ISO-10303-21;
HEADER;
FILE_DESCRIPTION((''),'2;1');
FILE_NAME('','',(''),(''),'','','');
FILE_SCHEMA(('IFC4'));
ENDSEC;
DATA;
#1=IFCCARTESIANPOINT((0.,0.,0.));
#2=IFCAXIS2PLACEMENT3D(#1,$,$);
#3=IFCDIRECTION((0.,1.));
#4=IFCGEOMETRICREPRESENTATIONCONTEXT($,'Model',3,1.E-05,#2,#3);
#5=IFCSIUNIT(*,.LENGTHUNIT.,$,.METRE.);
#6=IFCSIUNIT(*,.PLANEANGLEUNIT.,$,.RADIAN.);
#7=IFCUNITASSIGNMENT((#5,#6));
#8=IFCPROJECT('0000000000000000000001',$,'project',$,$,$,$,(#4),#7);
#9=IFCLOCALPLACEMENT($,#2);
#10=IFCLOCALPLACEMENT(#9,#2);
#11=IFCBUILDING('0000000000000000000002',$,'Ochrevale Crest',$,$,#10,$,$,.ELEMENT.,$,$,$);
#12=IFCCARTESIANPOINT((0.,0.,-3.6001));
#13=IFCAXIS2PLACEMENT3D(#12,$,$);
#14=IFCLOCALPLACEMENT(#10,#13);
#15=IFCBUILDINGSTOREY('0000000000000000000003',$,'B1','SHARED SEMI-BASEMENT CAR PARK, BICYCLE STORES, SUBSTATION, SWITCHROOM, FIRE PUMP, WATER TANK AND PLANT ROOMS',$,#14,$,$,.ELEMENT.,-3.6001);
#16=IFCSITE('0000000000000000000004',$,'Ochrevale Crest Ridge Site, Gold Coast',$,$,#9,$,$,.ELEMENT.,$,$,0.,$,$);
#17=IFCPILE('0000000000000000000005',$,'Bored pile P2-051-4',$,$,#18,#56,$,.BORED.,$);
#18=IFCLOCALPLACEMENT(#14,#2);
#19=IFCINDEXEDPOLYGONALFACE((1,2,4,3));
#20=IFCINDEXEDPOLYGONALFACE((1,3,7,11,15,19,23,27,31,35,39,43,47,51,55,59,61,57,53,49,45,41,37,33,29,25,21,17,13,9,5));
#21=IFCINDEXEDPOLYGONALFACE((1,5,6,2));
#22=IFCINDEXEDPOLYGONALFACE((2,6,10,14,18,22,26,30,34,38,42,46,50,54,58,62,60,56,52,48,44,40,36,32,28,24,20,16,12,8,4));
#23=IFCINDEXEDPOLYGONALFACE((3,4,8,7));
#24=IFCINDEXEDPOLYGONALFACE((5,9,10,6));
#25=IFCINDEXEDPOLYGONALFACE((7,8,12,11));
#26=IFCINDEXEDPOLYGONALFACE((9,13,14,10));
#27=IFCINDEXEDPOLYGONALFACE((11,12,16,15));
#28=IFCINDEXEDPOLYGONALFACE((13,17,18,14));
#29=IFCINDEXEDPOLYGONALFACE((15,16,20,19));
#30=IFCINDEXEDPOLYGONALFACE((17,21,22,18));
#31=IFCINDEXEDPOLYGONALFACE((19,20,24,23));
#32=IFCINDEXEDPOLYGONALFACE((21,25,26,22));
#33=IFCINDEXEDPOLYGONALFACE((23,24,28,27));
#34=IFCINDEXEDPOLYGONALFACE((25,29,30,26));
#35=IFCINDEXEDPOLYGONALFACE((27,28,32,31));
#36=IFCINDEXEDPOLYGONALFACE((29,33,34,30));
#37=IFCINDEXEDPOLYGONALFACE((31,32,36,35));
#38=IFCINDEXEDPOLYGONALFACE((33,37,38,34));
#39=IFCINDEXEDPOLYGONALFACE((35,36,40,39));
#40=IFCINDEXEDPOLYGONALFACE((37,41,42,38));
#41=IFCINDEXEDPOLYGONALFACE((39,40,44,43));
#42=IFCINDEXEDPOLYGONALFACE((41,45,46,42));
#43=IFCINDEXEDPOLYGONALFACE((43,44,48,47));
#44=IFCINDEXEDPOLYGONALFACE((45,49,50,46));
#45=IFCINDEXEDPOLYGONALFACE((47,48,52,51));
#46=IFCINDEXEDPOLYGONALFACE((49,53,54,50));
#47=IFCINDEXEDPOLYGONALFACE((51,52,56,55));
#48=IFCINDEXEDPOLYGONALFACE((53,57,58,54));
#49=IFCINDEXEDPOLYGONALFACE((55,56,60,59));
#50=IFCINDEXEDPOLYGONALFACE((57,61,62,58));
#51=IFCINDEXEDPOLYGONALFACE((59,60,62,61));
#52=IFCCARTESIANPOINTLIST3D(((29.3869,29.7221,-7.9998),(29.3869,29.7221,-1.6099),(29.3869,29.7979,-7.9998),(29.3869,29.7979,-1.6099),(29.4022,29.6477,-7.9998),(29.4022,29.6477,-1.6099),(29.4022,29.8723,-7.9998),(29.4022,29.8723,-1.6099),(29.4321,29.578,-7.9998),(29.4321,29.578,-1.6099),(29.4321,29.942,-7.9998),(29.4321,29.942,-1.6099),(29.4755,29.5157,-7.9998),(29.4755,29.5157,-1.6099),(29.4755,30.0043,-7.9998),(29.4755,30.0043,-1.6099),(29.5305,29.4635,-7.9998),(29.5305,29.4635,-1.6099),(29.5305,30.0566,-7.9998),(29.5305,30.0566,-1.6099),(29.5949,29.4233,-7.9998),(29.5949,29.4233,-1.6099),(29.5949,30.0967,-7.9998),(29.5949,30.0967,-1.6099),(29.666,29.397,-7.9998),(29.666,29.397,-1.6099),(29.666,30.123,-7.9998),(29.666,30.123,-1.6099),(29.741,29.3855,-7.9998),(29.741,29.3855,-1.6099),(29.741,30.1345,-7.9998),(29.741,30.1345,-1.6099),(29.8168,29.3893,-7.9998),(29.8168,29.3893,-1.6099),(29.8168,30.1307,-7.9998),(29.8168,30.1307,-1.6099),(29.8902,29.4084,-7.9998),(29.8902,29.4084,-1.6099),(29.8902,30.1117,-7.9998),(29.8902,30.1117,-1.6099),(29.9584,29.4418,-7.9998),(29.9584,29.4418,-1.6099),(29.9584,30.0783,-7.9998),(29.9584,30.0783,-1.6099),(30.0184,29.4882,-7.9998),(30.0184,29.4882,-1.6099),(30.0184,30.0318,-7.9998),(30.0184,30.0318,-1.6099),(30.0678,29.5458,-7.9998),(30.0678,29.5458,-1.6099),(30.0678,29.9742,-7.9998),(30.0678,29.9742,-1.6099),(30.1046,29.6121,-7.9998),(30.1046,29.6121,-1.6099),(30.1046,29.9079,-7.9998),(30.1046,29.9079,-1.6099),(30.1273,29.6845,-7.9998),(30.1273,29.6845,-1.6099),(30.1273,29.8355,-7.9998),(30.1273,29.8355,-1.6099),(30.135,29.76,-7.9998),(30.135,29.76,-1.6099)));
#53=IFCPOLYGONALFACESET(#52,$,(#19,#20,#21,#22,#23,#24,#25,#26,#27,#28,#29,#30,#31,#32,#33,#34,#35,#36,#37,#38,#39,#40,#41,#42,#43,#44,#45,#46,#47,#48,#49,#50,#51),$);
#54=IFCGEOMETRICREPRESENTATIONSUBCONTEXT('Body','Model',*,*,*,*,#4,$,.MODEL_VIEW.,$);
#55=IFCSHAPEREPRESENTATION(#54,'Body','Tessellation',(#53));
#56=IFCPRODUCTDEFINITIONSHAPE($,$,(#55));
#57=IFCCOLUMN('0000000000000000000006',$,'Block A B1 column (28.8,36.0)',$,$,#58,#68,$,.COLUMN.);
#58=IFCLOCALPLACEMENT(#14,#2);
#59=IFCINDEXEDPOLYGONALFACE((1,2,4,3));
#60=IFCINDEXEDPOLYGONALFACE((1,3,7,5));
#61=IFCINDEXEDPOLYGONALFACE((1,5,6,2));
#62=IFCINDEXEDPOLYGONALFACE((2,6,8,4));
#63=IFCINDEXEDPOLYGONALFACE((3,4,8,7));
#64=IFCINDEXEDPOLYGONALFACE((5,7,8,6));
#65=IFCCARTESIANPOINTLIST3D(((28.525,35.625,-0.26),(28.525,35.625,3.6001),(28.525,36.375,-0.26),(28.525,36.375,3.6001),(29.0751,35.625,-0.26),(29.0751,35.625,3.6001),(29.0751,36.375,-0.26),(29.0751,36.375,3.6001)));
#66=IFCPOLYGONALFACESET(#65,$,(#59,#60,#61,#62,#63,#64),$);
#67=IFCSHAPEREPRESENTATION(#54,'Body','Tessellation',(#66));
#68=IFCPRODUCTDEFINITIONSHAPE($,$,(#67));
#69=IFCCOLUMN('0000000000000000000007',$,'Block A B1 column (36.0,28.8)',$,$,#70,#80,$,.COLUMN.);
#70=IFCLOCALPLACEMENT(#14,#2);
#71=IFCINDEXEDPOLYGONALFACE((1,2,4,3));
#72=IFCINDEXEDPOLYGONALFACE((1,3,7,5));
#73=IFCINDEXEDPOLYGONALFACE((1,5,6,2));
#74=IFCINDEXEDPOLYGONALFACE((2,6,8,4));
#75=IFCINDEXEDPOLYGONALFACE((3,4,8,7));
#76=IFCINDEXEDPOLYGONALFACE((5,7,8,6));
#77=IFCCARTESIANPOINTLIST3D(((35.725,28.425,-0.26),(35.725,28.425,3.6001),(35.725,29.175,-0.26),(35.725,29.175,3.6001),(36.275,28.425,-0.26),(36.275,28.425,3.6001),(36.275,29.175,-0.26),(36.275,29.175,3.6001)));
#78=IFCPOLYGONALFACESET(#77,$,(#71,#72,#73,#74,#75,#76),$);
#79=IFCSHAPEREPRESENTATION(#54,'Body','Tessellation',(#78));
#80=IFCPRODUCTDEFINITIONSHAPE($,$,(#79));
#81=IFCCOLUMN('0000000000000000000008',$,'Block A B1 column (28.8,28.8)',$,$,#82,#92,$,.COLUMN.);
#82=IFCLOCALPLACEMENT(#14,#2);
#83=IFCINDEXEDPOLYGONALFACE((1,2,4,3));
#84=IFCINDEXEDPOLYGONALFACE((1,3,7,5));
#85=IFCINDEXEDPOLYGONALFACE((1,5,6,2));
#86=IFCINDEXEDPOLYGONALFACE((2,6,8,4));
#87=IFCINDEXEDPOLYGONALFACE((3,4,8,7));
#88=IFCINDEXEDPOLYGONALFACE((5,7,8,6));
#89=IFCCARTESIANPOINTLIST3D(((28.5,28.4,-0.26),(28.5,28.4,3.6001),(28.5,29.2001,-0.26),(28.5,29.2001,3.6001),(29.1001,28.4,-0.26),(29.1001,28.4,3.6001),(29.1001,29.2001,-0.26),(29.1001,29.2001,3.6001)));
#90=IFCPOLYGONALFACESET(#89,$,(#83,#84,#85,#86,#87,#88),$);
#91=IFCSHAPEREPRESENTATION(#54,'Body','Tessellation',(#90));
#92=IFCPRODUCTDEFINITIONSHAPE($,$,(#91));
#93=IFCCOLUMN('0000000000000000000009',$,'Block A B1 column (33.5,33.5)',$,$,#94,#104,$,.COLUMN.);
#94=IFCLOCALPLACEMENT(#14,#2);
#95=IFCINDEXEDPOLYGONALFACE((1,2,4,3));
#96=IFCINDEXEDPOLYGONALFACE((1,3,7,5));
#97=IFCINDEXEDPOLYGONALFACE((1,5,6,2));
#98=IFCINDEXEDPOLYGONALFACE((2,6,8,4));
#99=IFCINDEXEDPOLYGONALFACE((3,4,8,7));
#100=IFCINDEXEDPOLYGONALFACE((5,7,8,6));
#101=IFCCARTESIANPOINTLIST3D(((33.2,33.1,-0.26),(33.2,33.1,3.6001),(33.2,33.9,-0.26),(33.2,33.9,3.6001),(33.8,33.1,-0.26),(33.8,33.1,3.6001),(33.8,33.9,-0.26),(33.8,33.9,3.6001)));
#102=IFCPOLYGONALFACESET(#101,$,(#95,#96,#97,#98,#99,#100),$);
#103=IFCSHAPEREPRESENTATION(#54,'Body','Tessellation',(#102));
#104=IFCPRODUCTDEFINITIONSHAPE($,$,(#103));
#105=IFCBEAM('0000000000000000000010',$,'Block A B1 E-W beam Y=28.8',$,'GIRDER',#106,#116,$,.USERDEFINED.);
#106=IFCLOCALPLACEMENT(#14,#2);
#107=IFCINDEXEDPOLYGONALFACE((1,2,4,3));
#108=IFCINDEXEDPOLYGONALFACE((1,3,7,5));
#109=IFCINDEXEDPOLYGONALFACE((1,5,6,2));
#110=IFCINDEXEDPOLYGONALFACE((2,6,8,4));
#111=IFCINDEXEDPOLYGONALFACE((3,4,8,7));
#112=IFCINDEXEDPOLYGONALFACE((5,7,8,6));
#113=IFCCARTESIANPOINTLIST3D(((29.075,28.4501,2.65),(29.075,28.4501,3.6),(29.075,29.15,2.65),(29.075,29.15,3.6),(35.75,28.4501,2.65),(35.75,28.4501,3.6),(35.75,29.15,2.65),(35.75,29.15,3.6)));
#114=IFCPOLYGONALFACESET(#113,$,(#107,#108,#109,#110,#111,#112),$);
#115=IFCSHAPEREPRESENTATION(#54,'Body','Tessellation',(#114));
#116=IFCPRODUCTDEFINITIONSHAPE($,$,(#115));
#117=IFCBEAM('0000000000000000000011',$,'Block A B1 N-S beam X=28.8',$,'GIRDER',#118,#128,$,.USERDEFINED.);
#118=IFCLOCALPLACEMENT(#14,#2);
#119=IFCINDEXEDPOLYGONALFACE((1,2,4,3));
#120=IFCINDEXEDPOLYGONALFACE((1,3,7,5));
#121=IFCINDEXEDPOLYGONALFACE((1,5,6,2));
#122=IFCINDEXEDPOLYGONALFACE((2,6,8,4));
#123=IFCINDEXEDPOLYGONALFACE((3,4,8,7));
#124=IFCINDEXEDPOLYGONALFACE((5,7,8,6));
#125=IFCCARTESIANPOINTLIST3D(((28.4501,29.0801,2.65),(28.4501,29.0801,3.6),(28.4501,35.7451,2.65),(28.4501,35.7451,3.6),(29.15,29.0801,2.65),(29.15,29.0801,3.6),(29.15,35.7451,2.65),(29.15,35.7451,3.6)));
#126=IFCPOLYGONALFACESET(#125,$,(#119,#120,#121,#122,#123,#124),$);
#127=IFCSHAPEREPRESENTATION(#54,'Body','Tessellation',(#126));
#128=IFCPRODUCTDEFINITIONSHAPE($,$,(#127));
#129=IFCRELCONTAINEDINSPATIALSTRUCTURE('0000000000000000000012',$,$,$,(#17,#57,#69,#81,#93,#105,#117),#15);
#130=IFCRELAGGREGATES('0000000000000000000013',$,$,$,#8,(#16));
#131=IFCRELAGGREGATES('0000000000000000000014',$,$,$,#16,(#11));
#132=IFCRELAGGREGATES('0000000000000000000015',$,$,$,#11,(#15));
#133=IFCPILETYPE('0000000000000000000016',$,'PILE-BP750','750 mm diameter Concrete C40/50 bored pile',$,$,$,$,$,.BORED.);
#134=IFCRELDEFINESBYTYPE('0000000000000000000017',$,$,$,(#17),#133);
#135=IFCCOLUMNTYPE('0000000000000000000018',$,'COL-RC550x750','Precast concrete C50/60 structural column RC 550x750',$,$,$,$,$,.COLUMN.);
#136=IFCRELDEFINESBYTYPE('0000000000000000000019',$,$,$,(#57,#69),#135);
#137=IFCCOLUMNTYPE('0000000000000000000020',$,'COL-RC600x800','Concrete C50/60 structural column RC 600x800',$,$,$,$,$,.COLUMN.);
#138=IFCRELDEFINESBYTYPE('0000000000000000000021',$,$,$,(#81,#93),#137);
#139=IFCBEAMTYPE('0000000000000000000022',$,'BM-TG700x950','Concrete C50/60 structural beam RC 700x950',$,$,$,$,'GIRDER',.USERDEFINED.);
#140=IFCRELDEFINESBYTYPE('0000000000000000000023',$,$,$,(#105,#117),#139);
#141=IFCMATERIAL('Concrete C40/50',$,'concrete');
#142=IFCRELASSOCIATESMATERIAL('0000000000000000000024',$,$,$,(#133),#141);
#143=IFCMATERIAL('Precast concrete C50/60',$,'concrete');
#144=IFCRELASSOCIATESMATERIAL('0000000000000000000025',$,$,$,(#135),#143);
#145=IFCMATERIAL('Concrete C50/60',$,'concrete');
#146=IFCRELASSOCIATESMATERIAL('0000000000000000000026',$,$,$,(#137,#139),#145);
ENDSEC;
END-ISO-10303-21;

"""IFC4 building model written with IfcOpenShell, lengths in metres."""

from ifc_helpers import new_model, si_unit, direction, frame, origin, origin_2d, place, context, subcontext, project, spatial, rectangle, circle, extrude, material, material_profile, profile_set, type_object, element, save


model = new_model("IFC4")

# Units and contexts
model_context = context("Model", 3, precision=1e-05, world=origin(), true_north=direction((0.0, 1.0)))
body_context = subcontext(model_context, "Body", "Model", "MODEL_VIEW")
ifc_project = project(units=[si_unit("LENGTHUNIT", "METRE"), si_unit("PLANEANGLEUNIT", "RADIAN")], contexts=[model_context])

# Site, building, storey
site_placement = place(None, origin())
site = spatial("IfcSite", under=ifc_project, at=site_placement, Name="Ochrevale Crest Ridge Site, Gold Coast", CompositionType="ELEMENT", RefElevation=0.0)
building_placement = place(site_placement, origin())
building = spatial("IfcBuilding", under=site, at=building_placement, Name="Ochrevale Crest", CompositionType="ELEMENT")
storey_placement = place(building_placement, frame((0.0, 0.0, -3.6001)))
storey = spatial("IfcBuildingStorey", under=building, at=storey_placement, Name="B1", Description="SHARED SEMI-BASEMENT CAR PARK, BICYCLE STORES, SUBSTATION, SWITCHROOM, FIRE PUMP, WATER TANK AND PLANT ROOMS", CompositionType="ELEMENT", Elevation=-3.6001)

# Shared definitions
ifc_material_1 = material(Name="Concrete C40/50", Category="concrete")

# Pile
ifc_material_profile_1 = material_profile(ifc_material_1, circle(Radius=0.375, at=origin_2d()), Name="BORED PILE 750")
ifc_profile_set_1 = profile_set([ifc_material_profile_1], Name="Concrete C40/50")
pile_type_1 = type_object("IfcPileType", Name="PILE-BP750", Description="750 mm diameter Concrete C40/50 bored pile", PredefinedType="BORED", material=ifc_profile_set_1)
for number, where, z_axis, x_axis, name in (
    (1, (29.76, 29.76, -1.6099), (0.0, 0.0, -1.0), (1.0, 0.0, 0.0), "Bored pile P2-051-4"),
):
    element("IfcPile", number, at=place(storey_placement, frame(where, z_axis=z_axis, x_axis=x_axis)), inside=storey, type_object=pile_type_1, Name=name, PredefinedType="BORED", context=body_context, shape_type="SweptSolid", body=[
        extrude(circle(Radius=0.375, at=origin_2d()), origin(), (0.0, 0.0, 1.0), 6.3899),
    ])

# Columns
ifc_material_2 = material(Name="Precast concrete C50/60", Category="concrete")
ifc_material_profile_2 = material_profile(ifc_material_2, rectangle(XDim=0.55, YDim=0.75, at=origin_2d()), Name="RC 550x750")
ifc_profile_set_2 = profile_set([ifc_material_profile_2], Name="Precast concrete C50/60")
column_type_1 = type_object("IfcColumnType", Name="COL-RC550x750", Description="Precast concrete C50/60 structural column RC 550x750", PredefinedType="COLUMN", material=ifc_profile_set_2)
for number, where, z_axis, x_axis, name in (
    (2, (28.8, 36.0, -0.26), (0.0, 0.0, 1.0), (1.0, 0.0, 0.0), "Block A B1 column (28.8,36.0)"),
    (3, (36.0, 28.8, -0.26), (0.0, 0.0, 1.0), (1.0, 0.0, 0.0), "Block A B1 column (36.0,28.8)"),
):
    element("IfcColumn", number, at=place(storey_placement, frame(where, z_axis=z_axis, x_axis=x_axis)), inside=storey, type_object=column_type_1, Name=name, PredefinedType="COLUMN", context=body_context, shape_type="SweptSolid", body=[
        extrude(rectangle(XDim=0.55, YDim=0.75, at=origin_2d()), origin(), (0.0, 0.0, 1.0), 3.8601),
    ])
ifc_material_3 = material(Name="Concrete C50/60", Category="concrete")
ifc_material_profile_3 = material_profile(ifc_material_3, rectangle(XDim=0.6001, YDim=0.8, at=origin_2d()), Name="RC 600x800")
ifc_profile_set_3 = profile_set([ifc_material_profile_3], Name="Concrete C50/60")
column_type_2 = type_object("IfcColumnType", Name="COL-RC600x800", Description="Concrete C50/60 structural column RC 600x800", PredefinedType="COLUMN", material=ifc_profile_set_3)
for number, where, z_axis, x_axis, name in (
    (4, (28.8, 28.8, -0.26), (0.0, 0.0, 1.0), (1.0, 0.0, 0.0), "Block A B1 column (28.8,28.8)"),
    (5, (33.5, 33.5, -0.26), (0.0, 0.0, 1.0), (1.0, 0.0, 0.0), "Block A B1 column (33.5,33.5)"),
):
    element("IfcColumn", number, at=place(storey_placement, frame(where, z_axis=z_axis, x_axis=x_axis)), inside=storey, type_object=column_type_2, Name=name, PredefinedType="COLUMN", context=body_context, shape_type="SweptSolid", body=[
        extrude(rectangle(XDim=0.6001, YDim=0.8, at=origin_2d()), origin(), (0.0, 0.0, 1.0), 3.8601),
    ])

# Beams
ifc_material_profile_4 = material_profile(ifc_material_3, rectangle(XDim=0.7, YDim=0.95, at=origin_2d()), Name="RC 700x950")
ifc_profile_set_4 = profile_set([ifc_material_profile_4], Name="Concrete C50/60")
beam_type = type_object("IfcBeamType", Name="BM-TG700x950", Description="Concrete C50/60 structural beam RC 700x950", ElementType="GIRDER", PredefinedType="USERDEFINED", material=ifc_profile_set_4)
beam_1_placement = place(storey_placement, frame((29.075, 28.8, 3.125), z_axis=(1.0, 0.0, 0.0), x_axis=(0.0, 1.0, 0.0)))
element("IfcBeam", 6, at=beam_1_placement, inside=storey, type_object=beam_type, Name="Block A B1 E-W beam Y=28.8", ObjectType="GIRDER", PredefinedType="USERDEFINED", context=body_context, shape_type="SweptSolid", body=[
    extrude(rectangle(XDim=0.7, YDim=0.95, at=origin_2d()), origin(), (0.0, 0.0, 1.0), 6.675),
])
beam_2_placement = place(storey_placement, frame((28.8, 29.0801, 3.125), z_axis=(0.0, 1.0, 0.0), x_axis=(-1.0, 0.0, 0.0)))
element("IfcBeam", 7, at=beam_2_placement, inside=storey, type_object=beam_type, Name="Block A B1 N-S beam X=28.8", ObjectType="GIRDER", PredefinedType="USERDEFINED", context=body_context, shape_type="SweptSolid", body=[
    extrude(rectangle(XDim=0.7, YDim=0.95, at=origin_2d()), origin(), (0.0, 0.0, 1.0), 6.665),
])

save(model, "model.ifc")
